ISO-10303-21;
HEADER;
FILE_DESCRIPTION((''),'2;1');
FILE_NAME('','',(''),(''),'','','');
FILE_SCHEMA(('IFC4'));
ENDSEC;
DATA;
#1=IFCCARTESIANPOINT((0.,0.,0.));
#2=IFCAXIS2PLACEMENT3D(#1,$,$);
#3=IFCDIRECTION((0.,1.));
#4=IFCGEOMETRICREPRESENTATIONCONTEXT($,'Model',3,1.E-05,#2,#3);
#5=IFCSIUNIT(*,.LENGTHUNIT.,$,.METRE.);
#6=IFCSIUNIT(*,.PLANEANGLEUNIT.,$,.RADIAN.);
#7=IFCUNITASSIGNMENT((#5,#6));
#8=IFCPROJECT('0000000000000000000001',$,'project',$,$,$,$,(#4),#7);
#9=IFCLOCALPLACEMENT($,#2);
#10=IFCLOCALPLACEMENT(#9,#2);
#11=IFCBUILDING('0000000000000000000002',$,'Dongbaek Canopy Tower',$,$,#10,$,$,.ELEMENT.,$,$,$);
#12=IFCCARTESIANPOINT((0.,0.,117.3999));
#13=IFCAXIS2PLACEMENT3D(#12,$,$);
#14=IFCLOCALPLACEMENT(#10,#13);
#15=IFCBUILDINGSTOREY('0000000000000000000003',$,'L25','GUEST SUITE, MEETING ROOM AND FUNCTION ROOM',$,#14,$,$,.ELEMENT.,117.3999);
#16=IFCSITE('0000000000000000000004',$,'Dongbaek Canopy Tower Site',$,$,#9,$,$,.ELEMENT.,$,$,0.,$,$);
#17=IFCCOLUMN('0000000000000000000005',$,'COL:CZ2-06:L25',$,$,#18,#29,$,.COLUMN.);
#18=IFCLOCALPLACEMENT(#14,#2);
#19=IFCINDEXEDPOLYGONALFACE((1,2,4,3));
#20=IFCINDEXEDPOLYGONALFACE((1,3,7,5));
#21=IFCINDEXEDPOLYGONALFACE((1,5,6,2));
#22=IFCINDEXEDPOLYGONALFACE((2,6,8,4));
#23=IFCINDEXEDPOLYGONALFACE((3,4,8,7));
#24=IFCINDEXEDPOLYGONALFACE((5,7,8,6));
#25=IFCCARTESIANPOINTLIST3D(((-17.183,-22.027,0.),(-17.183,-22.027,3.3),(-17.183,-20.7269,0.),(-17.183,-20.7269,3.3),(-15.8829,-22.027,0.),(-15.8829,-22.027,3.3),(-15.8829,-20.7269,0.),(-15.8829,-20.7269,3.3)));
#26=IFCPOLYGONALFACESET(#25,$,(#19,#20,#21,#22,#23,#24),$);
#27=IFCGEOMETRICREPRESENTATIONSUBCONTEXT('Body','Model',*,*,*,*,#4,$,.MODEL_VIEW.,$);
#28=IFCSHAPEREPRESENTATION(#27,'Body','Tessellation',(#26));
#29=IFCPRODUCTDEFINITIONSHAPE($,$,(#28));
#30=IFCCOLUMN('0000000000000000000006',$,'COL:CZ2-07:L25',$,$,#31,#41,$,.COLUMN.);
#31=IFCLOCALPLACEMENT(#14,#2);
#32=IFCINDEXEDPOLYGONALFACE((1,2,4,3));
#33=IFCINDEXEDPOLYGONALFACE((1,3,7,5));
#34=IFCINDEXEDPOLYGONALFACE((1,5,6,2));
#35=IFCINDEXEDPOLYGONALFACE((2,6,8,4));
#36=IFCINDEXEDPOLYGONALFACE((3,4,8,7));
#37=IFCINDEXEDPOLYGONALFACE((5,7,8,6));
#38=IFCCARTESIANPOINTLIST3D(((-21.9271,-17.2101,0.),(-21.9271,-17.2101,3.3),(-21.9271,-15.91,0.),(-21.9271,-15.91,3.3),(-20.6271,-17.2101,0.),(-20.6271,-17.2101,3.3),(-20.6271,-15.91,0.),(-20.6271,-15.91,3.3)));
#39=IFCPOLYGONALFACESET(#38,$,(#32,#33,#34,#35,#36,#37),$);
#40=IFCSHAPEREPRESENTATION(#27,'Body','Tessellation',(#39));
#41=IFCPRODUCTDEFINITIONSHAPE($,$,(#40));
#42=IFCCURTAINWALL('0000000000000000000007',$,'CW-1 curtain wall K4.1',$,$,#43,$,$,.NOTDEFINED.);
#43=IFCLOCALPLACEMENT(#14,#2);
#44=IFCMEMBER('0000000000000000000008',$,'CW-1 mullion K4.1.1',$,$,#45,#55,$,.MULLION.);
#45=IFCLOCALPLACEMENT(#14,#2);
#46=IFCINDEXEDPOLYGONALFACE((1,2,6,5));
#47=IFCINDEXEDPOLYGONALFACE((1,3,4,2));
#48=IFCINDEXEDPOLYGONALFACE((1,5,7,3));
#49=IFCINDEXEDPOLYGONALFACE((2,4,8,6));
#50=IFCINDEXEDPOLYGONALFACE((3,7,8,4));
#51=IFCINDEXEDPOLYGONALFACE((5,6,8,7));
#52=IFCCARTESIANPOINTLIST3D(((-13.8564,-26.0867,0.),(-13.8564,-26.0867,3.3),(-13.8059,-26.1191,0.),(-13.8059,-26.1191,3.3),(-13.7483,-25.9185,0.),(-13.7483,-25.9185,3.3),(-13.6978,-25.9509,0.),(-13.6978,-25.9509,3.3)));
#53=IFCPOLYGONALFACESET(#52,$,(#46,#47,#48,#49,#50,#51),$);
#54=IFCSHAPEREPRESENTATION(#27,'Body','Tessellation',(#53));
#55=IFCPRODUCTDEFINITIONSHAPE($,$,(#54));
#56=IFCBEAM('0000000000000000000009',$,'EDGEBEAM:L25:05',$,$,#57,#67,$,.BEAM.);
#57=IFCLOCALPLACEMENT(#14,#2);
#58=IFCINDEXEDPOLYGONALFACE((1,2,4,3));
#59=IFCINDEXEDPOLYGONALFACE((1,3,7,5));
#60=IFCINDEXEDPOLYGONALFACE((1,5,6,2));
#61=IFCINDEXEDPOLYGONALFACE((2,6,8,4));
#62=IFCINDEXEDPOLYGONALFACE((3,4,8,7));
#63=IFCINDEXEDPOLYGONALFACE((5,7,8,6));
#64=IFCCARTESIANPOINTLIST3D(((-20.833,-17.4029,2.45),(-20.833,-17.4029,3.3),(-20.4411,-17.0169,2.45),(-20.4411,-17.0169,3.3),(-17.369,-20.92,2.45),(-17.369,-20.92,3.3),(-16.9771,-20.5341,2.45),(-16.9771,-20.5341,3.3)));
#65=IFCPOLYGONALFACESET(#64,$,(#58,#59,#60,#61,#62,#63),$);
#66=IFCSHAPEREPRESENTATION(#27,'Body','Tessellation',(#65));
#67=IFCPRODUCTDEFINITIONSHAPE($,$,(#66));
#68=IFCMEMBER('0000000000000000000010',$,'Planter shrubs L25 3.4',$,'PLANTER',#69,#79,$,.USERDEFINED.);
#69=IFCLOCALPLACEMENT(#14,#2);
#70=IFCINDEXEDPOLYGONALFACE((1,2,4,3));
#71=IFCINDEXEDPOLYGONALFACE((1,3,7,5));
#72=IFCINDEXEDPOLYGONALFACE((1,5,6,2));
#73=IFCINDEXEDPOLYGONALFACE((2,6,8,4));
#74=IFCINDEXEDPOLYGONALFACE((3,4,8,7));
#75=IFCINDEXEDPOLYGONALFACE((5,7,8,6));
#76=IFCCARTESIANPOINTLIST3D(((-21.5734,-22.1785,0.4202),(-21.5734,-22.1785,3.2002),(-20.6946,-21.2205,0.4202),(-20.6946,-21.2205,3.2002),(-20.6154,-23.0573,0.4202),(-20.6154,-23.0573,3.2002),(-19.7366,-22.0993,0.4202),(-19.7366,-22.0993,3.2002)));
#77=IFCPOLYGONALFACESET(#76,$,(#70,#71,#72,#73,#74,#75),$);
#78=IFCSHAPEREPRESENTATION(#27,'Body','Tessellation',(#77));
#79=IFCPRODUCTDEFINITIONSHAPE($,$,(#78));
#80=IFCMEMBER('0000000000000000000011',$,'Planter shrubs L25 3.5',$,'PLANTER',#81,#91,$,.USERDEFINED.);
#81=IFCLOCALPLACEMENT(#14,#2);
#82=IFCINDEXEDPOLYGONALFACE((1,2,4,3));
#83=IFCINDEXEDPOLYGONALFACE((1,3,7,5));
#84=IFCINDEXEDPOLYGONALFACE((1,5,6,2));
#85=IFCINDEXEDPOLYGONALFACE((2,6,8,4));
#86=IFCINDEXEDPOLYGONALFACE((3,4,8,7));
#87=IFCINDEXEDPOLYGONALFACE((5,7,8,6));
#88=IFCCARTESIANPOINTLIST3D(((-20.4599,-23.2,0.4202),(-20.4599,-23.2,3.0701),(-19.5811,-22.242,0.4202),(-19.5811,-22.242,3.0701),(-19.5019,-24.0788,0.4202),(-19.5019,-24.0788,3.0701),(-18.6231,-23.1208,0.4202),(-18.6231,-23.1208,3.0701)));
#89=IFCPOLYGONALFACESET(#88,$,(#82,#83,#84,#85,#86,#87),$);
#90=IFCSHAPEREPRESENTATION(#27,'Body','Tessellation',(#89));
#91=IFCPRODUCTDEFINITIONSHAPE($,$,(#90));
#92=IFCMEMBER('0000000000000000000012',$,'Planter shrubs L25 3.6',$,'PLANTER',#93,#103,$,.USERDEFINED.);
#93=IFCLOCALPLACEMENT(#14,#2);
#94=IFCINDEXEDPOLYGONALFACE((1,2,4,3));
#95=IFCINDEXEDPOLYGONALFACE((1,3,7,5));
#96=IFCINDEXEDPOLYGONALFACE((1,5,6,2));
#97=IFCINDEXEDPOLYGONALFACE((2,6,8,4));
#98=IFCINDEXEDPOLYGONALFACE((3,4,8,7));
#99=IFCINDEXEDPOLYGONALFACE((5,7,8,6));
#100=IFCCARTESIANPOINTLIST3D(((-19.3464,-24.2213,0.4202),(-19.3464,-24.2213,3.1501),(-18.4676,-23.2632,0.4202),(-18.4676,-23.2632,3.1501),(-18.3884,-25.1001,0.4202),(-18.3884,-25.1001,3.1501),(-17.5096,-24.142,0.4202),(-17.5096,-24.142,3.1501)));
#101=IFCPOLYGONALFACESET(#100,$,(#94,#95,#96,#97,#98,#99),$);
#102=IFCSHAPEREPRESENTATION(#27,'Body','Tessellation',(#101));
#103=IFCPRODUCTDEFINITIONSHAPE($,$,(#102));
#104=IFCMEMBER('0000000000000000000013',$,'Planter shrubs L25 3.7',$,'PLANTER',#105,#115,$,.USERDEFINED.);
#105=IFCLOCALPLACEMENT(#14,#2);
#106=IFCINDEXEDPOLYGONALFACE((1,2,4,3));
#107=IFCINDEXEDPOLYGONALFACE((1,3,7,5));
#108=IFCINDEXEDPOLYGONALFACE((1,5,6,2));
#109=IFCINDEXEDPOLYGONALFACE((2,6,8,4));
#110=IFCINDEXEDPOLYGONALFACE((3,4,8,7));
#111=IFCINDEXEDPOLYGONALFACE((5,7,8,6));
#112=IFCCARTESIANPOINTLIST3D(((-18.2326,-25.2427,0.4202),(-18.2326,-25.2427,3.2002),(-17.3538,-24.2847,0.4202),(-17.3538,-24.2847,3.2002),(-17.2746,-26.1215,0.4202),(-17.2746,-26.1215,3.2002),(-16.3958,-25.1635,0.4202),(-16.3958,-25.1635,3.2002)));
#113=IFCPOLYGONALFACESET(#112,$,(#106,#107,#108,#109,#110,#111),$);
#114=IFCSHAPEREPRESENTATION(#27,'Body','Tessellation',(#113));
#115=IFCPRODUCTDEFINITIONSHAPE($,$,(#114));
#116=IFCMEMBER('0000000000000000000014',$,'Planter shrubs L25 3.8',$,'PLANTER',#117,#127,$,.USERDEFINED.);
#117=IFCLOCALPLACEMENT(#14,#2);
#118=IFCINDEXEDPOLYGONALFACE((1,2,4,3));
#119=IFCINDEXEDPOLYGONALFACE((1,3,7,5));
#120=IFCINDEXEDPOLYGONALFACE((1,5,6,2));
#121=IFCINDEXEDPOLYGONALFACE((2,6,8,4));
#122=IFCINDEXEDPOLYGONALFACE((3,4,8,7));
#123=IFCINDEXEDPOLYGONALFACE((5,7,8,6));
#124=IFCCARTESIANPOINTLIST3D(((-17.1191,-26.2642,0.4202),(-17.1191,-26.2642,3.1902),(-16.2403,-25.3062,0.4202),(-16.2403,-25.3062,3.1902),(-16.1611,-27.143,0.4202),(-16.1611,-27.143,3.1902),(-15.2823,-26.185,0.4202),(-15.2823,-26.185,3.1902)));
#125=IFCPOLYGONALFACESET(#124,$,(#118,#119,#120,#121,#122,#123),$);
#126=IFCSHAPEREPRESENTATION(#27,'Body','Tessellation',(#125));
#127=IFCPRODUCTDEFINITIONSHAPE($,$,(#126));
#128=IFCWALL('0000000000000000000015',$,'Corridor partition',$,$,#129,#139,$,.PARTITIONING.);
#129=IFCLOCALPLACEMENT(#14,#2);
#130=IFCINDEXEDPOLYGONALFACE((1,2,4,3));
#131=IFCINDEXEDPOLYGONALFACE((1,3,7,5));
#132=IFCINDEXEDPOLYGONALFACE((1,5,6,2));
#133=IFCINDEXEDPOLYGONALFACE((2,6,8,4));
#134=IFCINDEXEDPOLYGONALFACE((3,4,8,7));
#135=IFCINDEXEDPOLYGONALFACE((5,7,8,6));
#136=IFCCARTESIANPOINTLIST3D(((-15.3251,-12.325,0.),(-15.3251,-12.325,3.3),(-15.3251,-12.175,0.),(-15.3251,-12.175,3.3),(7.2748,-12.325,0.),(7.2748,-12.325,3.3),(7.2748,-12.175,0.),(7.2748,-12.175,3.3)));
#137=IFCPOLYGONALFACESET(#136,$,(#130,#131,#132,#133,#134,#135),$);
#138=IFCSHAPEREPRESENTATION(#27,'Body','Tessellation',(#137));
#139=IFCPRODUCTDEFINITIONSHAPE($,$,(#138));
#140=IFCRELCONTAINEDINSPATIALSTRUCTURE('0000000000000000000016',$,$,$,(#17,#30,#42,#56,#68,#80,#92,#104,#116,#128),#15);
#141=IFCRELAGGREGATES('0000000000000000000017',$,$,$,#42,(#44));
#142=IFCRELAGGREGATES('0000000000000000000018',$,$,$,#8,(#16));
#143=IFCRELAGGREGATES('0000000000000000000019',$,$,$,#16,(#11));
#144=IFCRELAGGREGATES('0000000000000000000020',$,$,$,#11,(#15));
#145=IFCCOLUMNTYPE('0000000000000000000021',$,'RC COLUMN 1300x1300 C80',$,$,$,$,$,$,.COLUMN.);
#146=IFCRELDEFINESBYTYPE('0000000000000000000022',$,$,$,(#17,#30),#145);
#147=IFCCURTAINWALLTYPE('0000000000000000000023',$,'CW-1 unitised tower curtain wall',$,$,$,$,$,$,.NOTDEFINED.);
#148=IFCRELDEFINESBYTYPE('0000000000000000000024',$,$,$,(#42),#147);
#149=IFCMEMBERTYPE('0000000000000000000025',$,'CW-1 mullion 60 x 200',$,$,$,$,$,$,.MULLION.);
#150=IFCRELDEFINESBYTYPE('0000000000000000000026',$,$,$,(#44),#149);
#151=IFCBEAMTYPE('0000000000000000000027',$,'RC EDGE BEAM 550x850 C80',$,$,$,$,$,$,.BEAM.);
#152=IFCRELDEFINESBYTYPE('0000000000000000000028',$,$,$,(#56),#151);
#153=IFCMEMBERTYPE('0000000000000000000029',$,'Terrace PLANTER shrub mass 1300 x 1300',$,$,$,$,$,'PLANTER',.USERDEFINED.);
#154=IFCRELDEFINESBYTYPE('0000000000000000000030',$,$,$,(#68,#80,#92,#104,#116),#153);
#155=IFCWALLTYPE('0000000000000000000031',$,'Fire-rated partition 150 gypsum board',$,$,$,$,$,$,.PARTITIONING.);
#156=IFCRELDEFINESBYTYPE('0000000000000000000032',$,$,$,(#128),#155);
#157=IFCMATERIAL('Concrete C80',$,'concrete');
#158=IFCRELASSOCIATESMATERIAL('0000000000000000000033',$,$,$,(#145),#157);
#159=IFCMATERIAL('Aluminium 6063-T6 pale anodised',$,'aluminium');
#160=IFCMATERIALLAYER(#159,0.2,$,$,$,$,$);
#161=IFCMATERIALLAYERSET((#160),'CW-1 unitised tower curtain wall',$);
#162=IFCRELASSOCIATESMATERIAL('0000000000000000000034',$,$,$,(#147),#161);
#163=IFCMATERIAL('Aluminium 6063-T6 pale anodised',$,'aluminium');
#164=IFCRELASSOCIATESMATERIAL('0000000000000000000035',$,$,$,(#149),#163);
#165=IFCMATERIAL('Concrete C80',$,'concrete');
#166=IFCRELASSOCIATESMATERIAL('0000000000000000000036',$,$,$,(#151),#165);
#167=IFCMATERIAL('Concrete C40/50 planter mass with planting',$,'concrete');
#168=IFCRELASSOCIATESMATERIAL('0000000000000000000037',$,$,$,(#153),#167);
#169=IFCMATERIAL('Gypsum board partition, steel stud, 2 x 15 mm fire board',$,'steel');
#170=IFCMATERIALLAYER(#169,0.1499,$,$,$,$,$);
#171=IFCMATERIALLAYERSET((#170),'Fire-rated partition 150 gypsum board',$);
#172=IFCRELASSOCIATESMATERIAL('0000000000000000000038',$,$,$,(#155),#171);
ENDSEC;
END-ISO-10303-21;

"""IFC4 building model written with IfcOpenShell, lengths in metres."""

from ifc_helpers import new_model, si_unit, direction, frame, frame_2d, origin, origin_2d, place, context, subcontext, project, spatial, rectangle, extrude, material, layer, layer_set, material_profile, profile_set, type_object, element, aggregate, save


model = new_model("IFC4")

# Units and contexts
model_context = context("Model", 3, precision=1e-05, world=origin(), true_north=direction((0.0, 1.0)))
body_context = subcontext(model_context, "Body", "Model", "MODEL_VIEW")
ifc_project = project(units=[si_unit("LENGTHUNIT", "METRE"), si_unit("PLANEANGLEUNIT", "RADIAN")], contexts=[model_context])

# Site, building, storey
site_placement = place(None, origin())
site = spatial("IfcSite", under=ifc_project, at=site_placement, Name="Dongbaek Canopy Tower Site", CompositionType="ELEMENT", RefElevation=0.0)
building_placement = place(site_placement, origin())
building = spatial("IfcBuilding", under=site, at=building_placement, Name="Dongbaek Canopy Tower", CompositionType="ELEMENT")
storey_placement = place(building_placement, frame((0.0, 0.0, 117.3999)))
storey = spatial("IfcBuildingStorey", under=building, at=storey_placement, Name="L25", Description="GUEST SUITE, MEETING ROOM AND FUNCTION ROOM", CompositionType="ELEMENT", Elevation=117.3999)

# Columns
ifc_material_1 = material(Name="Concrete C80", Category="concrete")
ifc_material_profile_1 = material_profile(ifc_material_1, rectangle(XDim=1.3, YDim=1.3, at=origin_2d()), Name="RC COLUMN 1300x1300 C80")
ifc_profile_set_1 = profile_set([ifc_material_profile_1], Name="Concrete C80")
column_type = type_object("IfcColumnType", Name="RC COLUMN 1300x1300 C80", PredefinedType="COLUMN", material=ifc_profile_set_1)
for number, where, z_axis, x_axis, name in (
    (1, (-16.533, -21.377, 0.0), (0.0, 0.0, 1.0), (1.0, 0.0, 0.0), "COL:CZ2-06:L25"),
    (2, (-21.2771, -16.5601, 0.0), (0.0, 0.0, 1.0), (1.0, 0.0, 0.0), "COL:CZ2-07:L25"),
):
    element("IfcColumn", number, at=place(storey_placement, frame(where, z_axis=z_axis, x_axis=x_axis)), inside=storey, type_object=column_type, Name=name, PredefinedType="COLUMN", context=body_context, shape_type="SweptSolid", body=[
        extrude(rectangle(XDim=1.3, YDim=1.3, at=origin_2d()), origin(), (0.0, 0.0, 1.0), 3.3),
    ])

# Curtain wall, member
ifc_material_2 = material(Name="Aluminium 6063-T6 pale anodised", Category="aluminium")
ifc_layer_1 = layer(ifc_material_2, 0.2)
ifc_layer_set_1 = layer_set([ifc_layer_1], Name="CW-1 unitised tower curtain wall")
curtain_wall_type = type_object("IfcCurtainWallType", Name="CW-1 unitised tower curtain wall", PredefinedType="NOTDEFINED", material=ifc_layer_set_1)
curtain_wall_placement = place(storey_placement, origin())
curtain_wall = element("IfcCurtainWall", 3, at=curtain_wall_placement, inside=storey, type_object=curtain_wall_type, Name="CW-1 curtain wall K4.1", PredefinedType="NOTDEFINED")
ifc_material_3 = material(Name="Aluminium 6063-T6 pale anodised", Category="aluminium")
ifc_material_profile_2 = material_profile(ifc_material_3, rectangle(XDim=0.2, YDim=0.0601, at=origin_2d()), Name="CW-1 mullion 60 x 200")
ifc_profile_set_2 = profile_set([ifc_material_profile_2], Name="Aluminium 6063-T6 pale anodised")
member_type_1 = type_object("IfcMemberType", Name="CW-1 mullion 60 x 200", PredefinedType="MULLION", material=ifc_profile_set_2)
member_1_placement = place(storey_placement, frame((-13.7771, -26.0188, 0.0), z_axis=(0.0, 0.0, 1.0), x_axis=(-0.540614, -0.841271, 0.0)))
member_1 = element("IfcMember", 4, at=member_1_placement, type_object=member_type_1, Name="CW-1 mullion K4.1.1", PredefinedType="MULLION", context=body_context, shape_type="SweptSolid", body=[
    extrude(rectangle(XDim=0.2, YDim=0.0601, at=origin_2d()), origin(), (0.0, 0.0, 1.0), 3.3),
])
aggregate(curtain_wall, [member_1])

# Beam
ifc_material_4 = material(Name="Concrete C80", Category="concrete")
ifc_material_profile_3 = material_profile(ifc_material_4, rectangle(XDim=0.55, YDim=0.8501, at=origin_2d()), Name="RC EDGE BEAM 550x850 C80")
ifc_profile_set_3 = profile_set([ifc_material_profile_3], Name="Concrete C80")
beam_type = type_object("IfcBeamType", Name="RC EDGE BEAM 550x850 C80", PredefinedType="BEAM", material=ifc_profile_set_3)
beam_placement = place(storey_placement, frame((-17.1731, -20.7271, 2.875), z_axis=(-0.701695, 0.712477, 0.0), x_axis=(-0.712477, -0.701695, 0.0)))
element("IfcBeam", 5, at=beam_placement, inside=storey, type_object=beam_type, Name="EDGEBEAM:L25:05", PredefinedType="BEAM", context=body_context, shape_type="SweptSolid", body=[
    extrude(rectangle(XDim=0.55, YDim=0.8501, at=origin_2d()), origin(), (0.0, 0.0, 1.0), 4.9365),
])

# Members
ifc_material_5 = material(Name="Concrete C40/50 planter mass with planting", Category="concrete")
ifc_material_profile_4 = material_profile(ifc_material_5, rectangle(XDim=1.3, YDim=1.3, at=origin_2d()), Name="Terrace PLANTER shrub mass 1300 x 1300")
ifc_profile_set_4 = profile_set([ifc_material_profile_4], Name="Concrete C40/50 planter mass with planting")
member_type_2 = type_object("IfcMemberType", Name="Terrace PLANTER shrub mass 1300 x 1300", ElementType="PLANTER", PredefinedType="USERDEFINED", material=ifc_profile_set_4)
member_2_placement = place(storey_placement, frame((-20.655, -22.1389, 0.4202), z_axis=(0.0, 0.0, 1.0), x_axis=(-0.67598, -0.73692, 0.0)))
element("IfcMember", 6, at=member_2_placement, inside=storey, type_object=member_type_2, Name="Planter shrubs L25 3.4", ObjectType="PLANTER", PredefinedType="USERDEFINED", context=body_context, shape_type="SweptSolid", body=[
    extrude(rectangle(XDim=1.3, YDim=1.3, at=origin_2d()), origin(), (0.0, 0.0, 1.0), 2.78),
])
member_3_placement = place(storey_placement, frame((-19.5415, -23.1604, 0.4202), z_axis=(0.0, 0.0, 1.0), x_axis=(-0.67598, -0.73692, 0.0)))
element("IfcMember", 7, at=member_3_placement, inside=storey, type_object=member_type_2, Name="Planter shrubs L25 3.5", ObjectType="PLANTER", PredefinedType="USERDEFINED", context=body_context, shape_type="SweptSolid", body=[
    extrude(rectangle(XDim=1.3, YDim=1.3, at=origin_2d()), origin(), (0.0, 0.0, 1.0), 2.6499),
])
member_4_placement = place(storey_placement, frame((-18.428, -24.1816, 0.4202), z_axis=(0.0, 0.0, 1.0), x_axis=(-0.67598, -0.73692, 0.0)))
element("IfcMember", 8, at=member_4_placement, inside=storey, type_object=member_type_2, Name="Planter shrubs L25 3.6", ObjectType="PLANTER", PredefinedType="USERDEFINED", context=body_context, shape_type="SweptSolid", body=[
    extrude(rectangle(XDim=1.3, YDim=1.3, at=origin_2d()), origin(), (0.0, 0.0, 1.0), 2.73),
])
member_5_placement = place(storey_placement, frame((-17.3142, -25.2031, 0.4202), z_axis=(0.0, 0.0, 1.0), x_axis=(-0.67598, -0.73692, 0.0)))
element("IfcMember", 9, at=member_5_placement, inside=storey, type_object=member_type_2, Name="Planter shrubs L25 3.7", ObjectType="PLANTER", PredefinedType="USERDEFINED", context=body_context, shape_type="SweptSolid", body=[
    extrude(rectangle(XDim=1.3, YDim=1.3, at=origin_2d()), origin(), (0.0, 0.0, 1.0), 2.78),
])
member_6_placement = place(storey_placement, frame((-16.2007, -26.2246, 0.4202), z_axis=(0.0, 0.0, 1.0), x_axis=(-0.67598, -0.73692, 0.0)))
element("IfcMember", 10, at=member_6_placement, inside=storey, type_object=member_type_2, Name="Planter shrubs L25 3.8", ObjectType="PLANTER", PredefinedType="USERDEFINED", context=body_context, shape_type="SweptSolid", body=[
    extrude(rectangle(XDim=1.3, YDim=1.3, at=origin_2d()), origin(), (0.0, 0.0, 1.0), 2.77),
])

# Wall
ifc_material_6 = material(Name="Gypsum board partition, steel stud, 2 x 15 mm fire board", Category="steel")
ifc_layer_2 = layer(ifc_material_6, 0.1499)
ifc_layer_set_2 = layer_set([ifc_layer_2], Name="Fire-rated partition 150 gypsum board")
wall_type_1 = type_object("IfcWallType", Name="Fire-rated partition 150 gypsum board", PredefinedType="PARTITIONING", material=ifc_layer_set_2)
wall_1_placement = place(storey_placement, frame((-15.325, -12.25, 0.0), z_axis=(0.0, 0.0, 1.0), x_axis=(1.0, 0.0, 0.0)))
element("IfcWall", 11, at=wall_1_placement, inside=storey, type_object=wall_type_1, Name="Corridor partition", PredefinedType="PARTITIONING", context=body_context, shape_type="SweptSolid", body=[
    extrude(rectangle(XDim=22.5999, YDim=0.1499, at=frame_2d((11.2998, 0.0))), origin(), (0.0, 0.0, 1.0), 3.3),
])

save(model, "model.ifc")
